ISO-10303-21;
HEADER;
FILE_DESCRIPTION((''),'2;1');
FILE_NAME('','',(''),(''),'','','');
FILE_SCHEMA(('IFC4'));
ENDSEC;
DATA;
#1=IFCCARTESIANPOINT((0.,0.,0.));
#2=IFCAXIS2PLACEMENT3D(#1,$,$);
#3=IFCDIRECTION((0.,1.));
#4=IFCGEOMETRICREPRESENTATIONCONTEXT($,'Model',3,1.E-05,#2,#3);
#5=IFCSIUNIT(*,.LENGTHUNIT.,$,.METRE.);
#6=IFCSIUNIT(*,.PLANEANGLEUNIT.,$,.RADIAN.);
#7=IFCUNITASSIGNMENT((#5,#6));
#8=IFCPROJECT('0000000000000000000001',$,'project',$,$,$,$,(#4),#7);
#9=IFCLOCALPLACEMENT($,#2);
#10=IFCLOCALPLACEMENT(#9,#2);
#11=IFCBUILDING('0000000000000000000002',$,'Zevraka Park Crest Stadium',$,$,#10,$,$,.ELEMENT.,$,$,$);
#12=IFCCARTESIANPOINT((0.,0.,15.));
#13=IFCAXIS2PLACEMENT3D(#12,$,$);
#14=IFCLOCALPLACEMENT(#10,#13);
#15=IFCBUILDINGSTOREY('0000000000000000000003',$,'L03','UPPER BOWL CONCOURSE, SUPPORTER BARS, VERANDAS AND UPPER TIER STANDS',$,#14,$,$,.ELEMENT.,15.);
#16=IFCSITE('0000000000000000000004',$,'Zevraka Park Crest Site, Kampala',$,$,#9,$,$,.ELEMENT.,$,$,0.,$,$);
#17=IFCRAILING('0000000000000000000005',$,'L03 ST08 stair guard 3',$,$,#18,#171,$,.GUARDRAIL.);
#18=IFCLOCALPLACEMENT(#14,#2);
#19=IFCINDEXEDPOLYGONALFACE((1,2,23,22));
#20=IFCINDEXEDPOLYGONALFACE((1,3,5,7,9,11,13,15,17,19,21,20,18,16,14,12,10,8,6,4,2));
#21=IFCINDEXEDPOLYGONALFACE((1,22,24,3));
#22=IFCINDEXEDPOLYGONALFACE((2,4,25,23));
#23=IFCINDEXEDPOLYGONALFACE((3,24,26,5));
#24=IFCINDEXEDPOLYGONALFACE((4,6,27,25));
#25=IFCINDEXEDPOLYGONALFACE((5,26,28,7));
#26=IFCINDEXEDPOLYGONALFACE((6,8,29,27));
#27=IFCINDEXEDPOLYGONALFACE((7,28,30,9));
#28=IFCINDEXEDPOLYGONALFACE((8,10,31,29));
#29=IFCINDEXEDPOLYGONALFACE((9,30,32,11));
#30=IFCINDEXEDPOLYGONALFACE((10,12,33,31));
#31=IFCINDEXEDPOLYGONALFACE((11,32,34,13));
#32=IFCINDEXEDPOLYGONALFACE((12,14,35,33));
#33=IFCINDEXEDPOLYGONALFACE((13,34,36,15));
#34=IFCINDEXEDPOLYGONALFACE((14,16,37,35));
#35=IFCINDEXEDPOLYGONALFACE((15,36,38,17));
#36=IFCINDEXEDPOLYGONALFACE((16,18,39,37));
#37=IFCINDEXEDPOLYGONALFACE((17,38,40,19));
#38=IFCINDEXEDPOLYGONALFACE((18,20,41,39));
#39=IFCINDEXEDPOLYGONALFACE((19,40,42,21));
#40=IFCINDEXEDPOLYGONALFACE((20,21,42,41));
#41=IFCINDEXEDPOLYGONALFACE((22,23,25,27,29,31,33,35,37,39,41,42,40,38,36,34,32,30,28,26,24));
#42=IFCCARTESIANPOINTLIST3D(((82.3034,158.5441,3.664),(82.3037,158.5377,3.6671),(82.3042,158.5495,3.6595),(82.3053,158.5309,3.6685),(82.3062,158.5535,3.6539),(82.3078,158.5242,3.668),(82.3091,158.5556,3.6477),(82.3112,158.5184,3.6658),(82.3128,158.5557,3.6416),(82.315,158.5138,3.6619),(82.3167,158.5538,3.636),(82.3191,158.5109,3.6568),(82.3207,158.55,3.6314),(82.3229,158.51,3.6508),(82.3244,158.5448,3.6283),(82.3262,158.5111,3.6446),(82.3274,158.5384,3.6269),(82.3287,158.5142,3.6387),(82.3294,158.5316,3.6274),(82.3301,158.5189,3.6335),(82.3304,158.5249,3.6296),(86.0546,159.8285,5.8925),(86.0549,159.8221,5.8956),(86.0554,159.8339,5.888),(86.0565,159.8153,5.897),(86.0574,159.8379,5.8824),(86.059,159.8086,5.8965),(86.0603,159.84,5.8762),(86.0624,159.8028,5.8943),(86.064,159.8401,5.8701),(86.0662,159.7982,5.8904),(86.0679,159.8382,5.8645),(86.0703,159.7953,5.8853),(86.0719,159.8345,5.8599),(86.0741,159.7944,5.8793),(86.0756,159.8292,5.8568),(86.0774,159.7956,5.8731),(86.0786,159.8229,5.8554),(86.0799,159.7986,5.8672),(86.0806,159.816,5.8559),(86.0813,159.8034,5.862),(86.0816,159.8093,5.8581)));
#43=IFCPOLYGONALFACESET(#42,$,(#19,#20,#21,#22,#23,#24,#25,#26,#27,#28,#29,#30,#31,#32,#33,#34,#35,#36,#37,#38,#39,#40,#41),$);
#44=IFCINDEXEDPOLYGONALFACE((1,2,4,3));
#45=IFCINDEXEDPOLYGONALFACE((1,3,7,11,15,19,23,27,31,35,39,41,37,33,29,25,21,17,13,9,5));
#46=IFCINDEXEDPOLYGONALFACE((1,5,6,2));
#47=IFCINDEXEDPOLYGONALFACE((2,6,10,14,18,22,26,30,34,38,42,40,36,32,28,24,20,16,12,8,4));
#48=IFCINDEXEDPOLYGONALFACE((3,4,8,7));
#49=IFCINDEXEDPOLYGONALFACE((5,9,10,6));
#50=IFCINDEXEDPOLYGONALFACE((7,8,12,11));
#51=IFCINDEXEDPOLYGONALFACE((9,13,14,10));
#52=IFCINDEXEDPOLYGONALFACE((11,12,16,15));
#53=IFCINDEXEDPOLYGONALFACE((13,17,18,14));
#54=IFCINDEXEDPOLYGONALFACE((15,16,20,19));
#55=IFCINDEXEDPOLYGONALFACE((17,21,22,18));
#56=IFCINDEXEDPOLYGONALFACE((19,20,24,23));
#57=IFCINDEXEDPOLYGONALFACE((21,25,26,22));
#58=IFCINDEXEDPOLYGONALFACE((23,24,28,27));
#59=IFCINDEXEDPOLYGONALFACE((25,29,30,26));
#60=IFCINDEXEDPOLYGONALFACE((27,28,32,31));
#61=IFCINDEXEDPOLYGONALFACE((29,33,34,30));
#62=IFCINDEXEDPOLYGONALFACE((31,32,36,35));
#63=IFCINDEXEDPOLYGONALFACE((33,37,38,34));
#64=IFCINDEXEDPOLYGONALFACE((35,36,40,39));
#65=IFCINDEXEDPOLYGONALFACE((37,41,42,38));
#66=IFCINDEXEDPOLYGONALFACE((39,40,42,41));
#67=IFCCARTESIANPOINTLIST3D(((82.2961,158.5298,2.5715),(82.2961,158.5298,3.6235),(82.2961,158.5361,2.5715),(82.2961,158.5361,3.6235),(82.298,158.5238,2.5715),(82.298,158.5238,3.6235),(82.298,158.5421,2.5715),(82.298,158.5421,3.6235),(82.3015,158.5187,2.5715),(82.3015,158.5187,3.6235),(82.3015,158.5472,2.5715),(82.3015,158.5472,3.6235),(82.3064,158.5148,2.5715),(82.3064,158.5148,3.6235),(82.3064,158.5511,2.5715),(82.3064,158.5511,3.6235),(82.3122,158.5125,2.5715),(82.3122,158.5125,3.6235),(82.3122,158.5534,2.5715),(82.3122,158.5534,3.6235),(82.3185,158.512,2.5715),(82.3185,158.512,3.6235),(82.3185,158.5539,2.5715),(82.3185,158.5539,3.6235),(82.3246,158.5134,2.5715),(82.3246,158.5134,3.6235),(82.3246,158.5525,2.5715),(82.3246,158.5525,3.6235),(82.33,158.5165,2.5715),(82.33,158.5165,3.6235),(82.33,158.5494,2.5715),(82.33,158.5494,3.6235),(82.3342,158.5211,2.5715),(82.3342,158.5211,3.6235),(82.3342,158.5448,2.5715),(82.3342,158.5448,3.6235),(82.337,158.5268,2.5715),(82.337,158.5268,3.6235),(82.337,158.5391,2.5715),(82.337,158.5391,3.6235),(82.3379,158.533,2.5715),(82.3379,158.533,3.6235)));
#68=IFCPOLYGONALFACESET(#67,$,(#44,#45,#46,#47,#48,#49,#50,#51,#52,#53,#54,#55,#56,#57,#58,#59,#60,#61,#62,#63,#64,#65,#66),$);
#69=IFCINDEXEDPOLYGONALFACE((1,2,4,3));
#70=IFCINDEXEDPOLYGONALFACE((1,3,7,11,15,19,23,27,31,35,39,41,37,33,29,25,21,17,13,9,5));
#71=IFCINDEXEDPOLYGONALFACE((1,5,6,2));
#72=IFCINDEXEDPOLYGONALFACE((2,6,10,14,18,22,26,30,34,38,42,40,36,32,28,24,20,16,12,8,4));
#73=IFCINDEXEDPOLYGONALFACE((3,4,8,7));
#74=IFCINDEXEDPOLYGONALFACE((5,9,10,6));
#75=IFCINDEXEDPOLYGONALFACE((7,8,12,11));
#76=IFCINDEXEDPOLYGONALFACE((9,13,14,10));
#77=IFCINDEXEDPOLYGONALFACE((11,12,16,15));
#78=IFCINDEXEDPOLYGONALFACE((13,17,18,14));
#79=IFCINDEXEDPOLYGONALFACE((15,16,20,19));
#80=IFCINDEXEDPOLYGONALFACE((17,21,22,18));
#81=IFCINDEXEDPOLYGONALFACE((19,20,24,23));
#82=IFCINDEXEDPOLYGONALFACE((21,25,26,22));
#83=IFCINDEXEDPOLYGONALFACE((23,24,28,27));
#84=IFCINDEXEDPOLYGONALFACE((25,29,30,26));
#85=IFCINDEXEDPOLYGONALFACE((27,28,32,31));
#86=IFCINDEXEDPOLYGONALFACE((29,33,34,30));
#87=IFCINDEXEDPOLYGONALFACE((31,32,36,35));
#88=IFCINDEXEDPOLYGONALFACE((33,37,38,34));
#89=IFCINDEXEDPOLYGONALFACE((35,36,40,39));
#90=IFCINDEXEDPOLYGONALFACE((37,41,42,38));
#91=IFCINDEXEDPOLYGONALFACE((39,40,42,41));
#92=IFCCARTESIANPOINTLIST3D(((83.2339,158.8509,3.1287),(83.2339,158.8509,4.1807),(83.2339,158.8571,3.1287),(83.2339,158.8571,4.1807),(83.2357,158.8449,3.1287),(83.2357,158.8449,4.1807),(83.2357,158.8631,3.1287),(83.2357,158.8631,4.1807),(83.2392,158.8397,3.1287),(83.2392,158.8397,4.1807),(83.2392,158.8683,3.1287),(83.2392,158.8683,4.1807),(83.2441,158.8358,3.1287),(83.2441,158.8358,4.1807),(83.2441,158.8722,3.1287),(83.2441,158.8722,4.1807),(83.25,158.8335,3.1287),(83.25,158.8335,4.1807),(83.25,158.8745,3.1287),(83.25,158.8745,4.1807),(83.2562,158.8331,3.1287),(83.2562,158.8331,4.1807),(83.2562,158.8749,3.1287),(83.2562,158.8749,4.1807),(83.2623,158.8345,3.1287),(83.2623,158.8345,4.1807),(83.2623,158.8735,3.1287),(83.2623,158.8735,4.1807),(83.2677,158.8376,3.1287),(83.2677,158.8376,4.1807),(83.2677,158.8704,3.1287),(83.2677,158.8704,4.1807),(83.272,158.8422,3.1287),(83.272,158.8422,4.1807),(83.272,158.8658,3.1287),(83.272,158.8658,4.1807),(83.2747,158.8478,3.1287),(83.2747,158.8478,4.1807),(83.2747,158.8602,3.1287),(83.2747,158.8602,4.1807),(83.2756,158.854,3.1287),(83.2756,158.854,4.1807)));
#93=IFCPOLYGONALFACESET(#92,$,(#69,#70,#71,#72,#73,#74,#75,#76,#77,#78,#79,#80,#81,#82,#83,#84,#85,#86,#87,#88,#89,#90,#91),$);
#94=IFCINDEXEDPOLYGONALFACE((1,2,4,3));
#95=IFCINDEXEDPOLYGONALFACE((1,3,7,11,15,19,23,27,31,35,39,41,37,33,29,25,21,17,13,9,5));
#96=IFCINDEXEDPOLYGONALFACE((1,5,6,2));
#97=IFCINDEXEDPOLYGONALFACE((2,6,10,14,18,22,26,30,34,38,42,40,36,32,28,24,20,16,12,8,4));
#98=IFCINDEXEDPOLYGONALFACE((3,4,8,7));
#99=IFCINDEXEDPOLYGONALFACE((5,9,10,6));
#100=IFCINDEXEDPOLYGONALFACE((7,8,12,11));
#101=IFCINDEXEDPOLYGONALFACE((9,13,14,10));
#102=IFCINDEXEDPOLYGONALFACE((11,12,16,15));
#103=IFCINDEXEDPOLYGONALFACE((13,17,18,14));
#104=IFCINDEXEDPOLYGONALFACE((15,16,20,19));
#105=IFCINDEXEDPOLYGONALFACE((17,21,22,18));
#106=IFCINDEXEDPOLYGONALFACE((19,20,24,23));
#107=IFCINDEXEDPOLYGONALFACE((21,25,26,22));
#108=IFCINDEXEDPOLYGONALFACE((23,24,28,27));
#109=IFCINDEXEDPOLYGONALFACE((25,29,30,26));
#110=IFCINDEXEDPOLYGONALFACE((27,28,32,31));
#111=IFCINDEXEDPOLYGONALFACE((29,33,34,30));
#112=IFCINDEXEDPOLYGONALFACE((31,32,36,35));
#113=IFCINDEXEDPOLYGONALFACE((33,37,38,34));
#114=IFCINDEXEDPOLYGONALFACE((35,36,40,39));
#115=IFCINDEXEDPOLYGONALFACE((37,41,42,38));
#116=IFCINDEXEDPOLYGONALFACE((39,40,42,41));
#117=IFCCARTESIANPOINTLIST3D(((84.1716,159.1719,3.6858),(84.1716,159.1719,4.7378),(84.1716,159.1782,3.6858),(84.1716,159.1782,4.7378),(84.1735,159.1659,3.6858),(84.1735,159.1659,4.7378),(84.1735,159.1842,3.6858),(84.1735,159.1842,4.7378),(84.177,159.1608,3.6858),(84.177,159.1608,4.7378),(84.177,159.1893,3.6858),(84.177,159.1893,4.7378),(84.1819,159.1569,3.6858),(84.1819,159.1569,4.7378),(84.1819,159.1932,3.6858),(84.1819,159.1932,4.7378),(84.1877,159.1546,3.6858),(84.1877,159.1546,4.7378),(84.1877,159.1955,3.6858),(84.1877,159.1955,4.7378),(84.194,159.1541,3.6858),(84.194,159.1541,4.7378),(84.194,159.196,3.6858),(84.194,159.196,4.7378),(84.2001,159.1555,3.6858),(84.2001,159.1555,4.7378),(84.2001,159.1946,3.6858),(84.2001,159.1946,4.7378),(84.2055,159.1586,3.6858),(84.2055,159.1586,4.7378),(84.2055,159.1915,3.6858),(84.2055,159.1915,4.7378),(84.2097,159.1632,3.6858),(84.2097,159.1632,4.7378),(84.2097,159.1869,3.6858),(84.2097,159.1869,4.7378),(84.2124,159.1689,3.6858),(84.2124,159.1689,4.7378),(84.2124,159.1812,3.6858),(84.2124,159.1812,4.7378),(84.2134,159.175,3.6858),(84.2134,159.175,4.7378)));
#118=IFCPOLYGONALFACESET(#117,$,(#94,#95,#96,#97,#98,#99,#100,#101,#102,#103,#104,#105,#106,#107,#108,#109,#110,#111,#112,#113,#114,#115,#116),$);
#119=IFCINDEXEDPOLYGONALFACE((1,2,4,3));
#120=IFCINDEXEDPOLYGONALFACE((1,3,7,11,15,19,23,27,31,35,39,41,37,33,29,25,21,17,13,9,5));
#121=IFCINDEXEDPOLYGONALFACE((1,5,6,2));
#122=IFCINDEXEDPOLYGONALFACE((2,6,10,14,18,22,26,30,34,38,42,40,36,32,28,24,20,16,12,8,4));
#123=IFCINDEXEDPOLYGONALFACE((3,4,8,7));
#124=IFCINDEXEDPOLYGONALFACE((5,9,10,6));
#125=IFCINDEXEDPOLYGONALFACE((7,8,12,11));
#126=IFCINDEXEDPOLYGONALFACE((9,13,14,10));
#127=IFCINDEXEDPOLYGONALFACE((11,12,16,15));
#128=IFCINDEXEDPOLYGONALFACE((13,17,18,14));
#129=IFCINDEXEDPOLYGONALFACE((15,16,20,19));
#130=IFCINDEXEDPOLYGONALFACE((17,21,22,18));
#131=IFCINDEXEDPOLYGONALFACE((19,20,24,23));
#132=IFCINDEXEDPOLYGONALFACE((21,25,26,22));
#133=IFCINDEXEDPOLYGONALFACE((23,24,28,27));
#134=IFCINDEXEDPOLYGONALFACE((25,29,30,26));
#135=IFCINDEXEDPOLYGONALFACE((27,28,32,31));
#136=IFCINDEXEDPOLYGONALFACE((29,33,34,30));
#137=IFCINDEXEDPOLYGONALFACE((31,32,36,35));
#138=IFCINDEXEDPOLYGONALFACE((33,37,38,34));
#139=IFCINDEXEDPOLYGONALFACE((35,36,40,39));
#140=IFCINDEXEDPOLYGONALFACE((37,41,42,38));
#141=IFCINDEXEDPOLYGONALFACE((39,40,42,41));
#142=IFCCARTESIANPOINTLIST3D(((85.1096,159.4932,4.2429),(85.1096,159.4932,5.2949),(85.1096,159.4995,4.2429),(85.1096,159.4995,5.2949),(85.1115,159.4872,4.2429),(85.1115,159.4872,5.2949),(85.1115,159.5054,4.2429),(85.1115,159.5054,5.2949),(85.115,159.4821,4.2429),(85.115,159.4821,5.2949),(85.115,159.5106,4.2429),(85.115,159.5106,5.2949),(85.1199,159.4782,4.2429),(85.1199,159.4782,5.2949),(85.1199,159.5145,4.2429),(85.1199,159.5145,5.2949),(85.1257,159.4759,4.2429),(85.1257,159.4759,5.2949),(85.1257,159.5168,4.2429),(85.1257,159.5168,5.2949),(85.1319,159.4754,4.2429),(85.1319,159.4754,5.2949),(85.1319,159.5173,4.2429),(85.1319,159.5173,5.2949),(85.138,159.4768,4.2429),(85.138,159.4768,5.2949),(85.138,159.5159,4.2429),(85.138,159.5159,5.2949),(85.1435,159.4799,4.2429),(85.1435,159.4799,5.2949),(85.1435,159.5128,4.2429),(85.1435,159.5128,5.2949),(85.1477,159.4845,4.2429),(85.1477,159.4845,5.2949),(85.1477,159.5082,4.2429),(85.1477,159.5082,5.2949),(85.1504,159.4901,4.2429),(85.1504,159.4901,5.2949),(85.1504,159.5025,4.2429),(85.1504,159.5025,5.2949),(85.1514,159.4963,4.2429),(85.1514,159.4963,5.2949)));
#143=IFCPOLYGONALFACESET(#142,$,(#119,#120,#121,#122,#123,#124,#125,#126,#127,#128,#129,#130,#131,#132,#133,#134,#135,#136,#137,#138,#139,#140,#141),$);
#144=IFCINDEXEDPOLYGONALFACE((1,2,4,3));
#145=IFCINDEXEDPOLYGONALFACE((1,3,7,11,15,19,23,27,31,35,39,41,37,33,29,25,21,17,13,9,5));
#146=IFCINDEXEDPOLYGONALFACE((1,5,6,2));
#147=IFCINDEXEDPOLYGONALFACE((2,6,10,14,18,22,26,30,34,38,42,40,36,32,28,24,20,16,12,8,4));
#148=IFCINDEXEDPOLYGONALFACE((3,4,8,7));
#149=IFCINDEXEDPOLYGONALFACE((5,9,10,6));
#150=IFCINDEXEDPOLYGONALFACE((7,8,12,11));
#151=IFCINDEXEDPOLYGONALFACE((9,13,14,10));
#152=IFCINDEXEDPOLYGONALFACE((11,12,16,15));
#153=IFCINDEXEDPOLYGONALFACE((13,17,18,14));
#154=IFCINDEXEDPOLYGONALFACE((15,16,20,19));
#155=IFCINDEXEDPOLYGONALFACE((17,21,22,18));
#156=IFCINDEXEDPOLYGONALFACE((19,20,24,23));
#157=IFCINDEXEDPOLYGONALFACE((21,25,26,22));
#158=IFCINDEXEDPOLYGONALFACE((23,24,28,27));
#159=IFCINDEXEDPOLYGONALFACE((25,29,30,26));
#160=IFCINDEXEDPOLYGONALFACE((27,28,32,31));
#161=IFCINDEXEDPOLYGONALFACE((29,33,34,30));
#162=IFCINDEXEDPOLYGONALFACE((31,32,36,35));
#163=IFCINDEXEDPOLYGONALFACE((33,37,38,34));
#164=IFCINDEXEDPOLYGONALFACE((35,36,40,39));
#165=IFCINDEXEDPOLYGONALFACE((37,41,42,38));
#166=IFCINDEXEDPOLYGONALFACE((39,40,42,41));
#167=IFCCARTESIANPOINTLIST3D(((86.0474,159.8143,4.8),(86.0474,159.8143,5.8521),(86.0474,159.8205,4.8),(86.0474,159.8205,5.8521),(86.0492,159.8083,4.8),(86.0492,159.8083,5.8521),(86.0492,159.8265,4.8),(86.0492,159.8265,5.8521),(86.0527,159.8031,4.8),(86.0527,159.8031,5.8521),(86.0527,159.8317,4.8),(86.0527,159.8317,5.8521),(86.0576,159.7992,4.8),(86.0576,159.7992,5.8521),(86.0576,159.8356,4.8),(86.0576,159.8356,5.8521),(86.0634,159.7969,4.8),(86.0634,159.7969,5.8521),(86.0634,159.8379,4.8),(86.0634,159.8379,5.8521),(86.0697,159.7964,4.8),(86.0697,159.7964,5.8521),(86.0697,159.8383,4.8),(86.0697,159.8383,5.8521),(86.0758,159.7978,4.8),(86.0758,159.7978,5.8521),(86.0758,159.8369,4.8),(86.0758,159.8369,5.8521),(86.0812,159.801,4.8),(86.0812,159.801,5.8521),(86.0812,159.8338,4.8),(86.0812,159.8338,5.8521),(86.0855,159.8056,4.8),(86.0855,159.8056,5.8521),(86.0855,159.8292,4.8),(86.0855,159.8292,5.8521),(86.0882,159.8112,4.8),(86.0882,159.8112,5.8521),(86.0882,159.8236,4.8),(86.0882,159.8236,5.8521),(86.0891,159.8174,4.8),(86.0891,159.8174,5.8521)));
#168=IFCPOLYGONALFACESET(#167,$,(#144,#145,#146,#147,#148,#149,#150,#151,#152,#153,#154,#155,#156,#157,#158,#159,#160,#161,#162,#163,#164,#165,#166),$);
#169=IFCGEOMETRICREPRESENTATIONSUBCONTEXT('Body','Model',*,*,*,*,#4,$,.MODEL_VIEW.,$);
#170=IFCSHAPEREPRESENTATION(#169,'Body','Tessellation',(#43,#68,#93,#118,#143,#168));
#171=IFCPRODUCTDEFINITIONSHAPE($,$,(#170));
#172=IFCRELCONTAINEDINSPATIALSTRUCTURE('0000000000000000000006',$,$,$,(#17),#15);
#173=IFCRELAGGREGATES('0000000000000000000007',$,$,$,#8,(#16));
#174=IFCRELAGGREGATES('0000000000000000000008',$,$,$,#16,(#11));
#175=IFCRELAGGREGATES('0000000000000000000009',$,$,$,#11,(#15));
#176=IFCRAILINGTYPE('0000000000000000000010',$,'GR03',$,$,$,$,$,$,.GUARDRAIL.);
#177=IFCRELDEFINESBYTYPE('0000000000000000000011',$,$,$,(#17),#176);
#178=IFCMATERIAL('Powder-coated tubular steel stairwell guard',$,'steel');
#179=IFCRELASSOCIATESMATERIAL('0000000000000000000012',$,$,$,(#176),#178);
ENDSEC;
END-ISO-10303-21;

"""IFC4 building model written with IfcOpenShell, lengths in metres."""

from ifc_helpers import new_model, si_unit, direction, frame, origin, origin_2d, place, context, subcontext, project, spatial, circle, extrude, material, type_object, element, save


model = new_model("IFC4")

# Units and contexts
model_context = context("Model", 3, precision=1e-05, world=origin(), true_north=direction((0.0, 1.0)))
body_context = subcontext(model_context, "Body", "Model", "MODEL_VIEW")
ifc_project = project(units=[si_unit("LENGTHUNIT", "METRE"), si_unit("PLANEANGLEUNIT", "RADIAN")], contexts=[model_context])

# Site, building, storey
site_placement = place(None, origin())
site = spatial("IfcSite", under=ifc_project, at=site_placement, Name="Zevraka Park Crest Site, Kampala", CompositionType="ELEMENT", RefElevation=0.0)
building_placement = place(site_placement, origin())
building = spatial("IfcBuilding", under=site, at=building_placement, Name="Zevraka Park Crest Stadium", CompositionType="ELEMENT")
storey_placement = place(building_placement, frame((0.0, 0.0, 15.0)))
storey = spatial("IfcBuildingStorey", under=building, at=storey_placement, Name="L03", Description="UPPER BOWL CONCOURSE, SUPPORTER BARS, VERANDAS AND UPPER TIER STANDS", CompositionType="ELEMENT", Elevation=15.0)

# Railing
ifc_material_1 = material(Name="Powder-coated tubular steel stairwell guard", Category="steel")
railing_type_1 = type_object("IfcRailingType", Name="GR03", PredefinedType="GUARDRAIL", material=ifc_material_1)
railing_1_placement = place(storey_placement, frame((82.3169, 158.533, 2.5715)))
element("IfcRailing", 1, at=railing_1_placement, inside=storey, type_object=railing_type_1, Name="L03 ST08 stair guard 3", PredefinedType="GUARDRAIL", context=body_context, shape_type="SweptSolid", body=[
    extrude(circle(Radius=0.0239, at=origin_2d()), frame((0.0, 0.0, 1.0762), z_axis=(0.824739, 0.282392, 0.489959), x_axis=(-0.323939, 0.946078, 0.0)), (0.0, 0.0, 1.0), 4.5483),
    extrude(circle(Radius=0.021, at=origin_2d()), origin(), (0.0, 0.0, 1.0), 1.052),
    extrude(circle(Radius=0.021, at=origin_2d()), frame((0.9377, 0.321, 0.5571)), (0.0, 0.0, 1.0), 1.052),
    extrude(circle(Radius=0.021, at=origin_2d()), frame((1.8755, 0.6421, 1.1143)), (0.0, 0.0, 1.0), 1.052),
    extrude(circle(Radius=0.021, at=origin_2d()), frame((2.8135, 0.9634, 1.6714)), (0.0, 0.0, 1.0), 1.052),
    extrude(circle(Radius=0.021, at=origin_2d()), frame((3.7512, 1.2844, 2.2285)), (0.0, 0.0, 1.0), 1.052),
])

save(model, "model.ifc")
